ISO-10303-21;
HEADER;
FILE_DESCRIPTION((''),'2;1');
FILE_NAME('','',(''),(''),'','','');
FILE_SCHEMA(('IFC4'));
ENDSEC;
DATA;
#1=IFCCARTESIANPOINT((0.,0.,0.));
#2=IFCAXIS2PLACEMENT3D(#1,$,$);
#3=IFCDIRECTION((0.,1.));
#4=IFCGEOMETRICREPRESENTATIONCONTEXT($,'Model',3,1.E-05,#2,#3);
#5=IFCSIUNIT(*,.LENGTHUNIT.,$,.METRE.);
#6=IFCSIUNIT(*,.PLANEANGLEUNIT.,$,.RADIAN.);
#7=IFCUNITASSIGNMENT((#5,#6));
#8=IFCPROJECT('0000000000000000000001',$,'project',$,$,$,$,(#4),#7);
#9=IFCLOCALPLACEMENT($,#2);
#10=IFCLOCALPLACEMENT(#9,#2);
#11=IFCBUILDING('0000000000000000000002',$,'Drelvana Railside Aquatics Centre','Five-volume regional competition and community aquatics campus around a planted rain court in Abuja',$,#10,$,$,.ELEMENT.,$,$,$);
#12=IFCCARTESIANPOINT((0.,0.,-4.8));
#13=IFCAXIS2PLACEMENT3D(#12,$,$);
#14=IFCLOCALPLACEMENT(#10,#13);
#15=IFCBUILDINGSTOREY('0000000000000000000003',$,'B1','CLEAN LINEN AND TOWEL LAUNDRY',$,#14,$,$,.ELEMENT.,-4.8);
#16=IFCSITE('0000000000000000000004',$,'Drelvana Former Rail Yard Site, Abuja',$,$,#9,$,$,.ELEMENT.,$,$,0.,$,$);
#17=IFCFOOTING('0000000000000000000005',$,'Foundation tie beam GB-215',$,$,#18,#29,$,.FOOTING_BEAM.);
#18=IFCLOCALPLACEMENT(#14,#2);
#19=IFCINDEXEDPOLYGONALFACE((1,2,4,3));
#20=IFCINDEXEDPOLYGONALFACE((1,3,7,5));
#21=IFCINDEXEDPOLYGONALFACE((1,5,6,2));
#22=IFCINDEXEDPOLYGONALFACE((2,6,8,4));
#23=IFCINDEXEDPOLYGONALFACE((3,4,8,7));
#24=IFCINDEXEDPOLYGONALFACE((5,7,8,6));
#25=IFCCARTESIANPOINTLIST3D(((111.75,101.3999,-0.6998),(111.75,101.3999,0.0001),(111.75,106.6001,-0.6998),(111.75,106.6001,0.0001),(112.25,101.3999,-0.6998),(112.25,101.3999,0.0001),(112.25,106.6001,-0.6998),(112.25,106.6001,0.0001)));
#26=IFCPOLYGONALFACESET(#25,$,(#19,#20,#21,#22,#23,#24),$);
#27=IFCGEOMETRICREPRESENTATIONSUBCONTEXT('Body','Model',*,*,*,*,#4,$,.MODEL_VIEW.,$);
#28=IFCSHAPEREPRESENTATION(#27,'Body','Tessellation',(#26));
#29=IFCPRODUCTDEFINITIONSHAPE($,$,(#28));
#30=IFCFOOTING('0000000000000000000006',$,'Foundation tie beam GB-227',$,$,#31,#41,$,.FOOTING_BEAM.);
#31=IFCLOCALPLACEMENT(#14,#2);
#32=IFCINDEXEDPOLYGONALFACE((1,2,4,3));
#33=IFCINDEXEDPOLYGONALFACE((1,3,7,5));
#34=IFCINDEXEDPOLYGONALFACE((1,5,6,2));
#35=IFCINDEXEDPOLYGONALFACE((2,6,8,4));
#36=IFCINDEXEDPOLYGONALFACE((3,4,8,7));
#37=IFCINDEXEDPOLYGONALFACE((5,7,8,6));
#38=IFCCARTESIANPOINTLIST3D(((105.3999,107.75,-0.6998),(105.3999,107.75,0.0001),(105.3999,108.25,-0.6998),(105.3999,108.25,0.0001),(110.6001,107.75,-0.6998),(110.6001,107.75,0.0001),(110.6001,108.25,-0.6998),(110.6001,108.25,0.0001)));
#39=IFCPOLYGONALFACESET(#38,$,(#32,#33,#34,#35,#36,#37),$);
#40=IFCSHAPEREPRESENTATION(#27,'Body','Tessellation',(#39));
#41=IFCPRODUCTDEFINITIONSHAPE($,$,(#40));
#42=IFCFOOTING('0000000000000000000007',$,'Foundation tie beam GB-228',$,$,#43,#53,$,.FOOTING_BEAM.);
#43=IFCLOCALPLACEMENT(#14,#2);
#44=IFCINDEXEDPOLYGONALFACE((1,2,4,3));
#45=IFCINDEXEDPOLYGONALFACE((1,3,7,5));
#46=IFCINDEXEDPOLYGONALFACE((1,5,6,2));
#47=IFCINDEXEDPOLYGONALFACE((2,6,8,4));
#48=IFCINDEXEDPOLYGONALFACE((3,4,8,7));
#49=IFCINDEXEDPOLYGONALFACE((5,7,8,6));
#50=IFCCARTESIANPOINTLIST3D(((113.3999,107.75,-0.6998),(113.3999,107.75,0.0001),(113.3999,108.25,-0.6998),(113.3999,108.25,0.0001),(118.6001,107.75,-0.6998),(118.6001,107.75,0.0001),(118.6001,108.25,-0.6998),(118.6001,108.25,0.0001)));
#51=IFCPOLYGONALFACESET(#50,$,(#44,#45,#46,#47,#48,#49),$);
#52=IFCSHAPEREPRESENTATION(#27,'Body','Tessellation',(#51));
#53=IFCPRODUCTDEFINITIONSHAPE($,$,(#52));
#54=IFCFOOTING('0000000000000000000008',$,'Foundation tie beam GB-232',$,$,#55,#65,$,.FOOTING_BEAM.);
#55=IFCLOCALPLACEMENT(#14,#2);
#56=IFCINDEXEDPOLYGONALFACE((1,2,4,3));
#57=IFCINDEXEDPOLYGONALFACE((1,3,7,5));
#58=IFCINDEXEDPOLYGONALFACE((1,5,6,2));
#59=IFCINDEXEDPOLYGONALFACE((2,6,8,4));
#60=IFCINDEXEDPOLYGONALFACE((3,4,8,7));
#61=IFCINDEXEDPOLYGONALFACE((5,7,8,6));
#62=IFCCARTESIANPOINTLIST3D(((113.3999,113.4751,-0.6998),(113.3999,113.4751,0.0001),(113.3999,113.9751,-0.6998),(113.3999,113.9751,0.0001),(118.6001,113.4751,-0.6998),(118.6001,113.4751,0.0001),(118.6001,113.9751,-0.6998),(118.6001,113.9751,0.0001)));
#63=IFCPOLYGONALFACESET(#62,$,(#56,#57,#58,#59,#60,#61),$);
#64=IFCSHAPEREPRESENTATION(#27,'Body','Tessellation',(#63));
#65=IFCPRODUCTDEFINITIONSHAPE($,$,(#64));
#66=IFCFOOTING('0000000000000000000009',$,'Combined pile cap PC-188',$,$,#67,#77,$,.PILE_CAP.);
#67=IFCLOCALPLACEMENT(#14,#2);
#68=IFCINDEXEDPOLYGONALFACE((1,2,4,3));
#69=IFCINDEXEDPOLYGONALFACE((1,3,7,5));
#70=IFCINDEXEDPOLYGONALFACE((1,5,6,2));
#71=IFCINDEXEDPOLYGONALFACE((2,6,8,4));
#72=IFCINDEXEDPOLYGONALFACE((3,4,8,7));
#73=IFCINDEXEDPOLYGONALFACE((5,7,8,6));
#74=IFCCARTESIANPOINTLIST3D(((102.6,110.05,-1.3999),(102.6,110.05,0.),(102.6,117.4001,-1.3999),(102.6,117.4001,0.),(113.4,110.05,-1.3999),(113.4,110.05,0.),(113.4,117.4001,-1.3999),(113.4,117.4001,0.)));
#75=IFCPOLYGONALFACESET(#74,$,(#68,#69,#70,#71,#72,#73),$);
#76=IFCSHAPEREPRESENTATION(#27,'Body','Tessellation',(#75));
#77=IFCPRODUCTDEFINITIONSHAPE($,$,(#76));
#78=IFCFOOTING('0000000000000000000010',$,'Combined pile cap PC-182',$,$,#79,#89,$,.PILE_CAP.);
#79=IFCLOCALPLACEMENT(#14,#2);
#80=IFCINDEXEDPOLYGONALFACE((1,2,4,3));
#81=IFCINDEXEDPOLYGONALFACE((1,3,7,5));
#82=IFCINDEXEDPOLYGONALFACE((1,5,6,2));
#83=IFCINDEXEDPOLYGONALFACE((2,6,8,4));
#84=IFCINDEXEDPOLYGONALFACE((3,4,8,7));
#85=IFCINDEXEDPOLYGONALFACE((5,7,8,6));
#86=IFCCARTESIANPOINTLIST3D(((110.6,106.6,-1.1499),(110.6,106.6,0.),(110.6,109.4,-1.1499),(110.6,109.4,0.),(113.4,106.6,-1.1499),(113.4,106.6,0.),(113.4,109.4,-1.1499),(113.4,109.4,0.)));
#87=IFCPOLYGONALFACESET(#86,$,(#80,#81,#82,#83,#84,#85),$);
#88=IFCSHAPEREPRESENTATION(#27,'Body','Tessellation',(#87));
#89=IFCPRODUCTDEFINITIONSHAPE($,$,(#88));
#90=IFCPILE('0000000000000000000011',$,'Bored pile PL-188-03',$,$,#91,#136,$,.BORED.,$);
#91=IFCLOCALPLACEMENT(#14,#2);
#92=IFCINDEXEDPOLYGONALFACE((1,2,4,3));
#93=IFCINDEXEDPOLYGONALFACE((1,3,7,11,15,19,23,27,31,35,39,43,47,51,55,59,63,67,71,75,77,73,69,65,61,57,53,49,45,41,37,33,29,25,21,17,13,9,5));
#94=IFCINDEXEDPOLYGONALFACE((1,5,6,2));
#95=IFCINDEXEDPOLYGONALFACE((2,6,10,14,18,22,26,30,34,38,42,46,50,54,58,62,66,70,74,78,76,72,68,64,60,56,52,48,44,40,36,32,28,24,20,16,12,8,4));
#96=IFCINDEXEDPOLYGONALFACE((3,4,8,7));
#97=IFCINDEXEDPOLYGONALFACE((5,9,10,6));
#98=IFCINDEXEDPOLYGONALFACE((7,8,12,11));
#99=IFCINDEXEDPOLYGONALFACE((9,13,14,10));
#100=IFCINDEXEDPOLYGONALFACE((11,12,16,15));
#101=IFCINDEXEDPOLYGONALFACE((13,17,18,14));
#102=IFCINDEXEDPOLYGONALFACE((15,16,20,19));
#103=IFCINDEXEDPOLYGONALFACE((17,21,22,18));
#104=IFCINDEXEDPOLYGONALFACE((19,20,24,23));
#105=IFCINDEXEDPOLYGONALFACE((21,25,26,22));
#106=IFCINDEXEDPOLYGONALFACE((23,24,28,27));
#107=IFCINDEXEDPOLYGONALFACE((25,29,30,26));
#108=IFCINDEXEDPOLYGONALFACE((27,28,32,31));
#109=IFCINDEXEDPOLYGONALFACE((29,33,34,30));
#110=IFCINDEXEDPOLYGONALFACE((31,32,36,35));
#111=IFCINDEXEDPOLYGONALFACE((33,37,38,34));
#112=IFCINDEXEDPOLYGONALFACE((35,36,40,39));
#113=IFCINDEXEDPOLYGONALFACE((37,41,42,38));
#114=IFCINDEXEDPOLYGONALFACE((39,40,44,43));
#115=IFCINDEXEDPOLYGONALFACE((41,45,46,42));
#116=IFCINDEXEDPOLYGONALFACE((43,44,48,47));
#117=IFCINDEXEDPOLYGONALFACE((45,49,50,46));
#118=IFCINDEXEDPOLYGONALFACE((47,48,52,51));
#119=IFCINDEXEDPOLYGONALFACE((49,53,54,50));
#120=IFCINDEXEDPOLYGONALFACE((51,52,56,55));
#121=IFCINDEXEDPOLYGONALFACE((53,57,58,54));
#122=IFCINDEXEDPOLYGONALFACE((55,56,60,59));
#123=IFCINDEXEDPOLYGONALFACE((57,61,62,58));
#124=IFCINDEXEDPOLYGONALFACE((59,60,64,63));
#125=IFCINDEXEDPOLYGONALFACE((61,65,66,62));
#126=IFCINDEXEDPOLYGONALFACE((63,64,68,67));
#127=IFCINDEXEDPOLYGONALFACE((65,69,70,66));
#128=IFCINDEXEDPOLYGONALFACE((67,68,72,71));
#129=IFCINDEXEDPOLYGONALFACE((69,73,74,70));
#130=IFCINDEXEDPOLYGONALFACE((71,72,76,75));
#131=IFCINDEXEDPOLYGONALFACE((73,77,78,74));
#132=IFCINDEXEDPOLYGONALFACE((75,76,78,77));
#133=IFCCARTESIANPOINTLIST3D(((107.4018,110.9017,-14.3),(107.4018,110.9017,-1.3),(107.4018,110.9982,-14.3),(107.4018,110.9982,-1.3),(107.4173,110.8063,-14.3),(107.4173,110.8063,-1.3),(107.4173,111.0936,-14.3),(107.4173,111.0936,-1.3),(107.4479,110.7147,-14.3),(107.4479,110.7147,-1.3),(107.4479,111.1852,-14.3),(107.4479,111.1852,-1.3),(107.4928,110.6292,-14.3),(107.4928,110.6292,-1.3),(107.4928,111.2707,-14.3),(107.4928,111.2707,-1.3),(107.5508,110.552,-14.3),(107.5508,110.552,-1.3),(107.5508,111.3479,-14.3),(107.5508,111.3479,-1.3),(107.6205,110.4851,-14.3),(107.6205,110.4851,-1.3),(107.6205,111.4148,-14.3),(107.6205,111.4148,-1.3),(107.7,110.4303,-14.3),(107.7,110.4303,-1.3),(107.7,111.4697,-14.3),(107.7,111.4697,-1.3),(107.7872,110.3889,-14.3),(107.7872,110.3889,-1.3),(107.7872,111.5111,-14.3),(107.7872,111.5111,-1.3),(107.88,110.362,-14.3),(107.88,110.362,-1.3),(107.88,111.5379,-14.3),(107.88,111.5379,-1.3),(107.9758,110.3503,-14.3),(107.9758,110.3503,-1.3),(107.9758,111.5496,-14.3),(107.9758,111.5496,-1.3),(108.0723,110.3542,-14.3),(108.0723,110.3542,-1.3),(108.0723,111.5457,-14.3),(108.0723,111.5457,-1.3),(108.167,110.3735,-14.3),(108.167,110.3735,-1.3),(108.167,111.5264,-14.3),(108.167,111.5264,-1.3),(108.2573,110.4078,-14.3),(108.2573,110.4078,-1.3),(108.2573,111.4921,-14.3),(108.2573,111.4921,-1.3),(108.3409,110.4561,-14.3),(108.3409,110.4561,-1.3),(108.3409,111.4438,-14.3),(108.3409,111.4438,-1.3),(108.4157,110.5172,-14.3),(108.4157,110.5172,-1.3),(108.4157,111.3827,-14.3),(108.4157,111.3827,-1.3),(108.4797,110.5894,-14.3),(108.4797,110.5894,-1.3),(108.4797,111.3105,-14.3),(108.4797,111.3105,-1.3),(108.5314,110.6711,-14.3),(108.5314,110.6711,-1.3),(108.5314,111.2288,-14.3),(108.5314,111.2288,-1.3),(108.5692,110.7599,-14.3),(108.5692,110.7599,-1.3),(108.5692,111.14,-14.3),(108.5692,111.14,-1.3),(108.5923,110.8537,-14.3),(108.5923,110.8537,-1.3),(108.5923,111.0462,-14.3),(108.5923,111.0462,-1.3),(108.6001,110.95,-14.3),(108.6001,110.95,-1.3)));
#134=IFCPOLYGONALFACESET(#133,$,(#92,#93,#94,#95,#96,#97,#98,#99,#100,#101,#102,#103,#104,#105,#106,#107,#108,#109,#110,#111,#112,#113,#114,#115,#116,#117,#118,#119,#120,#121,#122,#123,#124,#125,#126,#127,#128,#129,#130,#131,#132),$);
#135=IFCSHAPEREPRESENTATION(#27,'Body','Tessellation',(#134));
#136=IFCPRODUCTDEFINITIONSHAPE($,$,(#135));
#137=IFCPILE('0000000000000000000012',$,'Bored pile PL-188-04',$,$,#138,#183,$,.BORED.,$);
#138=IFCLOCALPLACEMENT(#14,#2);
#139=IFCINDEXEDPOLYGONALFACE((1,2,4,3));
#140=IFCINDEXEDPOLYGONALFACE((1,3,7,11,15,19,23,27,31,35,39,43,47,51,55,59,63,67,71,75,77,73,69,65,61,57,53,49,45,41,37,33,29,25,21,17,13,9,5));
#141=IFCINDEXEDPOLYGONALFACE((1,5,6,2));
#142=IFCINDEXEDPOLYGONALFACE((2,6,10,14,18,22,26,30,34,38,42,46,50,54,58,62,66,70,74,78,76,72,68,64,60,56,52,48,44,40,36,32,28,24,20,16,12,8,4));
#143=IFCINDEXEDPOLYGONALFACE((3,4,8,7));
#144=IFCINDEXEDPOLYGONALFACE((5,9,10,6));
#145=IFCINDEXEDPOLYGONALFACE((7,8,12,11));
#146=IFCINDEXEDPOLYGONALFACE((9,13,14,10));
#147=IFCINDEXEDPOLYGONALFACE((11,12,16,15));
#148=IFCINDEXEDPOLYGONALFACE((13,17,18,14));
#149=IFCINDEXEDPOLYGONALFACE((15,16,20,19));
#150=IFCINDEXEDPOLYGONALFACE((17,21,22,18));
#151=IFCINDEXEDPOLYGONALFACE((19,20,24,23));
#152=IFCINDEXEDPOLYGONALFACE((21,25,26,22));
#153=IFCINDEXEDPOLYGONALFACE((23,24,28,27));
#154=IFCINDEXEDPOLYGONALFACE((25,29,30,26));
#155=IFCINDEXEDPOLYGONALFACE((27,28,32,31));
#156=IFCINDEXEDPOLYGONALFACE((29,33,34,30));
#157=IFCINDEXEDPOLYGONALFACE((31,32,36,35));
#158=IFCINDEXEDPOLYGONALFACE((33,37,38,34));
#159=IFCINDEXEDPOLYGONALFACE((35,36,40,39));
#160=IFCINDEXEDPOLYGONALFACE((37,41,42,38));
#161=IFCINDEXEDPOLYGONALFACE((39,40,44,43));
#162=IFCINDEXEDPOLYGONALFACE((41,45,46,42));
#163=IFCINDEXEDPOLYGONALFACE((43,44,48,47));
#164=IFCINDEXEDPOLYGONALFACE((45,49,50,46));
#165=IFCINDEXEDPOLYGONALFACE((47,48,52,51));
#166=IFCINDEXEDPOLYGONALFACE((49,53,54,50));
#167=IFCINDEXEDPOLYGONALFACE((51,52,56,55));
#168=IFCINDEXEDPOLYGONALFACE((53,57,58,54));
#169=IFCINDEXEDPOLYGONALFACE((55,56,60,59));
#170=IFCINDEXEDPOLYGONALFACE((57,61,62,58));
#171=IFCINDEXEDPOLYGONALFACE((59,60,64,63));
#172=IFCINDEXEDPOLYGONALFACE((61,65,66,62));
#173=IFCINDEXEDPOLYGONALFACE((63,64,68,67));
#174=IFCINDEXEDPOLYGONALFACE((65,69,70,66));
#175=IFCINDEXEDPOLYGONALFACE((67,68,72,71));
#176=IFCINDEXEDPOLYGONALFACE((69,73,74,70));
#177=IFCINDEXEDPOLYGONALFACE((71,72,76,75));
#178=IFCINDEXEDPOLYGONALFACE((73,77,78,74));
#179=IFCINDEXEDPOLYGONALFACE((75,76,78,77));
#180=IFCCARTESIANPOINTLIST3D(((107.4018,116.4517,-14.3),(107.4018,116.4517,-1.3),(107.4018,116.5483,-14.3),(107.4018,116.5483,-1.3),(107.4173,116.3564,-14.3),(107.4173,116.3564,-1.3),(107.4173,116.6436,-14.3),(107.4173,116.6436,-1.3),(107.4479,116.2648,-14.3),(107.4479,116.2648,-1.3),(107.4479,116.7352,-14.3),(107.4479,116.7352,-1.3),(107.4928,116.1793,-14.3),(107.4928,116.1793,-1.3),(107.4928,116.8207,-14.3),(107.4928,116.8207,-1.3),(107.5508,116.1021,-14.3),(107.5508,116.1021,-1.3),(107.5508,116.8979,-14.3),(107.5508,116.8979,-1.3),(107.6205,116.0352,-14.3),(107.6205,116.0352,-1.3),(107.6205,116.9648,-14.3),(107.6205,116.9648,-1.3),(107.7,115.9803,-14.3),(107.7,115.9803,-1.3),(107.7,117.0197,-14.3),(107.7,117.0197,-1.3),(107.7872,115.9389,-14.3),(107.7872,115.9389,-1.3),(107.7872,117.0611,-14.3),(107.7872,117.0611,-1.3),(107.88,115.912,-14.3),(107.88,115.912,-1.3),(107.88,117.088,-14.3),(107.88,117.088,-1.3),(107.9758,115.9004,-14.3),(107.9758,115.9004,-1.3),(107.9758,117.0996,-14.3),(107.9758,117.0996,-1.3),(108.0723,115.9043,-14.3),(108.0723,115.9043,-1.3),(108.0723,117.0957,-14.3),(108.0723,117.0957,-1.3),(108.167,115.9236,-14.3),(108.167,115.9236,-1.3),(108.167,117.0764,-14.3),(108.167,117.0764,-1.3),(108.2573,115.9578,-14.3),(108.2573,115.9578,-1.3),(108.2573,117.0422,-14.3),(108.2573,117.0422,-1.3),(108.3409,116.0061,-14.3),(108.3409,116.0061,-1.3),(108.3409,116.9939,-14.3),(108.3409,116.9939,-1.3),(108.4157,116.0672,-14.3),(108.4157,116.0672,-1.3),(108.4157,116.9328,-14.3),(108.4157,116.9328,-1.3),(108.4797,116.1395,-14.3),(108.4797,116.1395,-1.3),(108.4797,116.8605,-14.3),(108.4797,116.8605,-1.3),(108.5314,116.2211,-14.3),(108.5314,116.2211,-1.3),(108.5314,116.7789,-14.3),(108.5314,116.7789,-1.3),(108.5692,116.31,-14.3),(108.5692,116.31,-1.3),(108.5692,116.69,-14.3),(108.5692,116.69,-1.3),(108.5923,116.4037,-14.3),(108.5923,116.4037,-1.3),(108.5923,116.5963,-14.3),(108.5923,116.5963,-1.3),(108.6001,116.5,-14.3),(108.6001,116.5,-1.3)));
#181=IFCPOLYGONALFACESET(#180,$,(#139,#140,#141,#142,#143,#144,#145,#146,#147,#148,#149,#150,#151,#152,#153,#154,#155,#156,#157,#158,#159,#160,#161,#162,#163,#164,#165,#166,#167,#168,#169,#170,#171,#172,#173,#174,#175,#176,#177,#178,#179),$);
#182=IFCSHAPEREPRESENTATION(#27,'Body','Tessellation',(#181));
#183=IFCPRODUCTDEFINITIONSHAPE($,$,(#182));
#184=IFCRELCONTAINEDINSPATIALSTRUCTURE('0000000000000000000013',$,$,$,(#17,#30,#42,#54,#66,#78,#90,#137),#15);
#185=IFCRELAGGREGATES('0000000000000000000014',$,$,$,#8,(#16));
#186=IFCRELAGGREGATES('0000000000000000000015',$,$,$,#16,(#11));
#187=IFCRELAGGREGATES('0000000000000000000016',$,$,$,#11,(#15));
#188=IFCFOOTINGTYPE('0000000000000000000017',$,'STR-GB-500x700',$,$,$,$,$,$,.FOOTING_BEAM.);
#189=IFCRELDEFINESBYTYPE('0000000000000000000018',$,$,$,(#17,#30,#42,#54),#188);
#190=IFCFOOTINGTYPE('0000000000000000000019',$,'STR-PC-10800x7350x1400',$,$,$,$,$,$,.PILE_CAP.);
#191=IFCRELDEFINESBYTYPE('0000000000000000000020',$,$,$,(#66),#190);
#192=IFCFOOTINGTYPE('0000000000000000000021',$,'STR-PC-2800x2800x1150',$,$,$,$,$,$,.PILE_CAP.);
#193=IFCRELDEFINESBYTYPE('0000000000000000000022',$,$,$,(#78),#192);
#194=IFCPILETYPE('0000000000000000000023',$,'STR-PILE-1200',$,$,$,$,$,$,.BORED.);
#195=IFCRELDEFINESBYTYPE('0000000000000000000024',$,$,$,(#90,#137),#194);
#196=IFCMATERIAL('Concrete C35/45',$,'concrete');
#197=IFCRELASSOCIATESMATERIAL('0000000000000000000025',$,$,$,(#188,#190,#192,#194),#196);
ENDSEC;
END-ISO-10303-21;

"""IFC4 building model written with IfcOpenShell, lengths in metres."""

from ifc_helpers import new_model, si_unit, direction, frame, origin, origin_2d, place, context, subcontext, project, spatial, rectangle, circle, extrude, material, material_profile, profile_set, type_object, element, save


model = new_model("IFC4")

# Units and contexts
model_context = context("Model", 3, precision=1e-05, world=origin(), true_north=direction((0.0, 1.0)))
body_context = subcontext(model_context, "Body", "Model", "MODEL_VIEW")
ifc_project = project(units=[si_unit("LENGTHUNIT", "METRE"), si_unit("PLANEANGLEUNIT", "RADIAN")], contexts=[model_context])

# Site, building, storey
site_placement = place(None, origin())
site = spatial("IfcSite", under=ifc_project, at=site_placement, Name="Drelvana Former Rail Yard Site, Abuja", CompositionType="ELEMENT", RefElevation=0.0)
building_placement = place(site_placement, origin())
building = spatial("IfcBuilding", under=site, at=building_placement, Name="Drelvana Railside Aquatics Centre", Description="Five-volume regional competition and community aquatics campus around a planted rain court in Abuja", CompositionType="ELEMENT")
storey_placement = place(building_placement, frame((0.0, 0.0, -4.8)))
storey = spatial("IfcBuildingStorey", under=building, at=storey_placement, Name="B1", Description="CLEAN LINEN AND TOWEL LAUNDRY", CompositionType="ELEMENT", Elevation=-4.8)

# Footings
ifc_material_1 = material(Name="Concrete C35/45", Category="concrete")
ifc_material_profile_1 = material_profile(ifc_material_1, rectangle(XDim=0.5, YDim=0.7, at=origin_2d()), Name="GB 500x700")
ifc_profile_set_1 = profile_set([ifc_material_profile_1], Name="Concrete C35/45")
footing_type_1 = type_object("IfcFootingType", Name="STR-GB-500x700", PredefinedType="FOOTING_BEAM", material=ifc_profile_set_1)
for number, where, z_axis, x_axis, name in (
    (1, (112.0, 101.3999, -0.3499), (0.0, 1.0, 0.0), (-1.0, 0.0, 0.0), "Foundation tie beam GB-215"),
    (2, (105.3999, 108.0, -0.3499), (1.0, 0.0, 0.0), (0.0, 1.0, 0.0), "Foundation tie beam GB-227"),
    (3, (113.3999, 108.0, -0.3499), (1.0, 0.0, 0.0), (0.0, 1.0, 0.0), "Foundation tie beam GB-228"),
    (4, (113.3999, 113.7251, -0.3499), (1.0, 0.0, 0.0), (0.0, 1.0, 0.0), "Foundation tie beam GB-232"),
):
    element("IfcFooting", number, at=place(storey_placement, frame(where, z_axis=z_axis, x_axis=x_axis)), inside=storey, type_object=footing_type_1, Name=name, PredefinedType="FOOTING_BEAM", context=body_context, shape_type="SweptSolid", body=[
        extrude(rectangle(XDim=0.5, YDim=0.7, at=origin_2d()), origin(), (0.0, 0.0, 1.0), 5.2002),
    ])
footing_type_2 = type_object("IfcFootingType", Name="STR-PC-10800x7350x1400", PredefinedType="PILE_CAP", material=ifc_material_1)
footing_1_placement = place(storey_placement, frame((108.0, 113.7251, -1.3999), z_axis=(0.0, 0.0, 1.0), x_axis=(1.0, 0.0, 0.0)))
element("IfcFooting", 5, at=footing_1_placement, inside=storey, type_object=footing_type_2, Name="Combined pile cap PC-188", PredefinedType="PILE_CAP", context=body_context, shape_type="SweptSolid", body=[
    extrude(rectangle(XDim=10.8, YDim=7.3501, at=origin_2d()), origin(), (0.0, 0.0, 1.0), 1.3999),
])
footing_type_3 = type_object("IfcFootingType", Name="STR-PC-2800x2800x1150", PredefinedType="PILE_CAP", material=ifc_material_1)
footing_2_placement = place(storey_placement, frame((112.0, 108.0, -1.1499), z_axis=(0.0, 0.0, 1.0), x_axis=(1.0, 0.0, 0.0)))
element("IfcFooting", 6, at=footing_2_placement, inside=storey, type_object=footing_type_3, Name="Combined pile cap PC-182", PredefinedType="PILE_CAP", context=body_context, shape_type="SweptSolid", body=[
    extrude(rectangle(XDim=2.8, YDim=2.8, at=origin_2d()), origin(), (0.0, 0.0, 1.0), 1.1499),
])

# Piles
ifc_material_profile_2 = material_profile(ifc_material_1, circle(Radius=0.6001, at=origin_2d()), Name="PILE D1200")
ifc_profile_set_2 = profile_set([ifc_material_profile_2], Name="Concrete C35/45")
pile_type_1 = type_object("IfcPileType", Name="STR-PILE-1200", PredefinedType="BORED", material=ifc_profile_set_2)
for number, where, z_axis, x_axis, name in (
    (7, (108.0, 110.95, -1.3), (0.0, 0.0, -1.0), (1.0, 0.0, 0.0), "Bored pile PL-188-03"),
    (8, (108.0, 116.5, -1.3), (0.0, 0.0, -1.0), (1.0, 0.0, 0.0), "Bored pile PL-188-04"),
):
    element("IfcPile", number, at=place(storey_placement, frame(where, z_axis=z_axis, x_axis=x_axis)), inside=storey, type_object=pile_type_1, Name=name, PredefinedType="BORED", context=body_context, shape_type="SweptSolid", body=[
        extrude(circle(Radius=0.6001, at=origin_2d()), origin(), (0.0, 0.0, 1.0), 13.0),
    ])

save(model, "model.ifc")
